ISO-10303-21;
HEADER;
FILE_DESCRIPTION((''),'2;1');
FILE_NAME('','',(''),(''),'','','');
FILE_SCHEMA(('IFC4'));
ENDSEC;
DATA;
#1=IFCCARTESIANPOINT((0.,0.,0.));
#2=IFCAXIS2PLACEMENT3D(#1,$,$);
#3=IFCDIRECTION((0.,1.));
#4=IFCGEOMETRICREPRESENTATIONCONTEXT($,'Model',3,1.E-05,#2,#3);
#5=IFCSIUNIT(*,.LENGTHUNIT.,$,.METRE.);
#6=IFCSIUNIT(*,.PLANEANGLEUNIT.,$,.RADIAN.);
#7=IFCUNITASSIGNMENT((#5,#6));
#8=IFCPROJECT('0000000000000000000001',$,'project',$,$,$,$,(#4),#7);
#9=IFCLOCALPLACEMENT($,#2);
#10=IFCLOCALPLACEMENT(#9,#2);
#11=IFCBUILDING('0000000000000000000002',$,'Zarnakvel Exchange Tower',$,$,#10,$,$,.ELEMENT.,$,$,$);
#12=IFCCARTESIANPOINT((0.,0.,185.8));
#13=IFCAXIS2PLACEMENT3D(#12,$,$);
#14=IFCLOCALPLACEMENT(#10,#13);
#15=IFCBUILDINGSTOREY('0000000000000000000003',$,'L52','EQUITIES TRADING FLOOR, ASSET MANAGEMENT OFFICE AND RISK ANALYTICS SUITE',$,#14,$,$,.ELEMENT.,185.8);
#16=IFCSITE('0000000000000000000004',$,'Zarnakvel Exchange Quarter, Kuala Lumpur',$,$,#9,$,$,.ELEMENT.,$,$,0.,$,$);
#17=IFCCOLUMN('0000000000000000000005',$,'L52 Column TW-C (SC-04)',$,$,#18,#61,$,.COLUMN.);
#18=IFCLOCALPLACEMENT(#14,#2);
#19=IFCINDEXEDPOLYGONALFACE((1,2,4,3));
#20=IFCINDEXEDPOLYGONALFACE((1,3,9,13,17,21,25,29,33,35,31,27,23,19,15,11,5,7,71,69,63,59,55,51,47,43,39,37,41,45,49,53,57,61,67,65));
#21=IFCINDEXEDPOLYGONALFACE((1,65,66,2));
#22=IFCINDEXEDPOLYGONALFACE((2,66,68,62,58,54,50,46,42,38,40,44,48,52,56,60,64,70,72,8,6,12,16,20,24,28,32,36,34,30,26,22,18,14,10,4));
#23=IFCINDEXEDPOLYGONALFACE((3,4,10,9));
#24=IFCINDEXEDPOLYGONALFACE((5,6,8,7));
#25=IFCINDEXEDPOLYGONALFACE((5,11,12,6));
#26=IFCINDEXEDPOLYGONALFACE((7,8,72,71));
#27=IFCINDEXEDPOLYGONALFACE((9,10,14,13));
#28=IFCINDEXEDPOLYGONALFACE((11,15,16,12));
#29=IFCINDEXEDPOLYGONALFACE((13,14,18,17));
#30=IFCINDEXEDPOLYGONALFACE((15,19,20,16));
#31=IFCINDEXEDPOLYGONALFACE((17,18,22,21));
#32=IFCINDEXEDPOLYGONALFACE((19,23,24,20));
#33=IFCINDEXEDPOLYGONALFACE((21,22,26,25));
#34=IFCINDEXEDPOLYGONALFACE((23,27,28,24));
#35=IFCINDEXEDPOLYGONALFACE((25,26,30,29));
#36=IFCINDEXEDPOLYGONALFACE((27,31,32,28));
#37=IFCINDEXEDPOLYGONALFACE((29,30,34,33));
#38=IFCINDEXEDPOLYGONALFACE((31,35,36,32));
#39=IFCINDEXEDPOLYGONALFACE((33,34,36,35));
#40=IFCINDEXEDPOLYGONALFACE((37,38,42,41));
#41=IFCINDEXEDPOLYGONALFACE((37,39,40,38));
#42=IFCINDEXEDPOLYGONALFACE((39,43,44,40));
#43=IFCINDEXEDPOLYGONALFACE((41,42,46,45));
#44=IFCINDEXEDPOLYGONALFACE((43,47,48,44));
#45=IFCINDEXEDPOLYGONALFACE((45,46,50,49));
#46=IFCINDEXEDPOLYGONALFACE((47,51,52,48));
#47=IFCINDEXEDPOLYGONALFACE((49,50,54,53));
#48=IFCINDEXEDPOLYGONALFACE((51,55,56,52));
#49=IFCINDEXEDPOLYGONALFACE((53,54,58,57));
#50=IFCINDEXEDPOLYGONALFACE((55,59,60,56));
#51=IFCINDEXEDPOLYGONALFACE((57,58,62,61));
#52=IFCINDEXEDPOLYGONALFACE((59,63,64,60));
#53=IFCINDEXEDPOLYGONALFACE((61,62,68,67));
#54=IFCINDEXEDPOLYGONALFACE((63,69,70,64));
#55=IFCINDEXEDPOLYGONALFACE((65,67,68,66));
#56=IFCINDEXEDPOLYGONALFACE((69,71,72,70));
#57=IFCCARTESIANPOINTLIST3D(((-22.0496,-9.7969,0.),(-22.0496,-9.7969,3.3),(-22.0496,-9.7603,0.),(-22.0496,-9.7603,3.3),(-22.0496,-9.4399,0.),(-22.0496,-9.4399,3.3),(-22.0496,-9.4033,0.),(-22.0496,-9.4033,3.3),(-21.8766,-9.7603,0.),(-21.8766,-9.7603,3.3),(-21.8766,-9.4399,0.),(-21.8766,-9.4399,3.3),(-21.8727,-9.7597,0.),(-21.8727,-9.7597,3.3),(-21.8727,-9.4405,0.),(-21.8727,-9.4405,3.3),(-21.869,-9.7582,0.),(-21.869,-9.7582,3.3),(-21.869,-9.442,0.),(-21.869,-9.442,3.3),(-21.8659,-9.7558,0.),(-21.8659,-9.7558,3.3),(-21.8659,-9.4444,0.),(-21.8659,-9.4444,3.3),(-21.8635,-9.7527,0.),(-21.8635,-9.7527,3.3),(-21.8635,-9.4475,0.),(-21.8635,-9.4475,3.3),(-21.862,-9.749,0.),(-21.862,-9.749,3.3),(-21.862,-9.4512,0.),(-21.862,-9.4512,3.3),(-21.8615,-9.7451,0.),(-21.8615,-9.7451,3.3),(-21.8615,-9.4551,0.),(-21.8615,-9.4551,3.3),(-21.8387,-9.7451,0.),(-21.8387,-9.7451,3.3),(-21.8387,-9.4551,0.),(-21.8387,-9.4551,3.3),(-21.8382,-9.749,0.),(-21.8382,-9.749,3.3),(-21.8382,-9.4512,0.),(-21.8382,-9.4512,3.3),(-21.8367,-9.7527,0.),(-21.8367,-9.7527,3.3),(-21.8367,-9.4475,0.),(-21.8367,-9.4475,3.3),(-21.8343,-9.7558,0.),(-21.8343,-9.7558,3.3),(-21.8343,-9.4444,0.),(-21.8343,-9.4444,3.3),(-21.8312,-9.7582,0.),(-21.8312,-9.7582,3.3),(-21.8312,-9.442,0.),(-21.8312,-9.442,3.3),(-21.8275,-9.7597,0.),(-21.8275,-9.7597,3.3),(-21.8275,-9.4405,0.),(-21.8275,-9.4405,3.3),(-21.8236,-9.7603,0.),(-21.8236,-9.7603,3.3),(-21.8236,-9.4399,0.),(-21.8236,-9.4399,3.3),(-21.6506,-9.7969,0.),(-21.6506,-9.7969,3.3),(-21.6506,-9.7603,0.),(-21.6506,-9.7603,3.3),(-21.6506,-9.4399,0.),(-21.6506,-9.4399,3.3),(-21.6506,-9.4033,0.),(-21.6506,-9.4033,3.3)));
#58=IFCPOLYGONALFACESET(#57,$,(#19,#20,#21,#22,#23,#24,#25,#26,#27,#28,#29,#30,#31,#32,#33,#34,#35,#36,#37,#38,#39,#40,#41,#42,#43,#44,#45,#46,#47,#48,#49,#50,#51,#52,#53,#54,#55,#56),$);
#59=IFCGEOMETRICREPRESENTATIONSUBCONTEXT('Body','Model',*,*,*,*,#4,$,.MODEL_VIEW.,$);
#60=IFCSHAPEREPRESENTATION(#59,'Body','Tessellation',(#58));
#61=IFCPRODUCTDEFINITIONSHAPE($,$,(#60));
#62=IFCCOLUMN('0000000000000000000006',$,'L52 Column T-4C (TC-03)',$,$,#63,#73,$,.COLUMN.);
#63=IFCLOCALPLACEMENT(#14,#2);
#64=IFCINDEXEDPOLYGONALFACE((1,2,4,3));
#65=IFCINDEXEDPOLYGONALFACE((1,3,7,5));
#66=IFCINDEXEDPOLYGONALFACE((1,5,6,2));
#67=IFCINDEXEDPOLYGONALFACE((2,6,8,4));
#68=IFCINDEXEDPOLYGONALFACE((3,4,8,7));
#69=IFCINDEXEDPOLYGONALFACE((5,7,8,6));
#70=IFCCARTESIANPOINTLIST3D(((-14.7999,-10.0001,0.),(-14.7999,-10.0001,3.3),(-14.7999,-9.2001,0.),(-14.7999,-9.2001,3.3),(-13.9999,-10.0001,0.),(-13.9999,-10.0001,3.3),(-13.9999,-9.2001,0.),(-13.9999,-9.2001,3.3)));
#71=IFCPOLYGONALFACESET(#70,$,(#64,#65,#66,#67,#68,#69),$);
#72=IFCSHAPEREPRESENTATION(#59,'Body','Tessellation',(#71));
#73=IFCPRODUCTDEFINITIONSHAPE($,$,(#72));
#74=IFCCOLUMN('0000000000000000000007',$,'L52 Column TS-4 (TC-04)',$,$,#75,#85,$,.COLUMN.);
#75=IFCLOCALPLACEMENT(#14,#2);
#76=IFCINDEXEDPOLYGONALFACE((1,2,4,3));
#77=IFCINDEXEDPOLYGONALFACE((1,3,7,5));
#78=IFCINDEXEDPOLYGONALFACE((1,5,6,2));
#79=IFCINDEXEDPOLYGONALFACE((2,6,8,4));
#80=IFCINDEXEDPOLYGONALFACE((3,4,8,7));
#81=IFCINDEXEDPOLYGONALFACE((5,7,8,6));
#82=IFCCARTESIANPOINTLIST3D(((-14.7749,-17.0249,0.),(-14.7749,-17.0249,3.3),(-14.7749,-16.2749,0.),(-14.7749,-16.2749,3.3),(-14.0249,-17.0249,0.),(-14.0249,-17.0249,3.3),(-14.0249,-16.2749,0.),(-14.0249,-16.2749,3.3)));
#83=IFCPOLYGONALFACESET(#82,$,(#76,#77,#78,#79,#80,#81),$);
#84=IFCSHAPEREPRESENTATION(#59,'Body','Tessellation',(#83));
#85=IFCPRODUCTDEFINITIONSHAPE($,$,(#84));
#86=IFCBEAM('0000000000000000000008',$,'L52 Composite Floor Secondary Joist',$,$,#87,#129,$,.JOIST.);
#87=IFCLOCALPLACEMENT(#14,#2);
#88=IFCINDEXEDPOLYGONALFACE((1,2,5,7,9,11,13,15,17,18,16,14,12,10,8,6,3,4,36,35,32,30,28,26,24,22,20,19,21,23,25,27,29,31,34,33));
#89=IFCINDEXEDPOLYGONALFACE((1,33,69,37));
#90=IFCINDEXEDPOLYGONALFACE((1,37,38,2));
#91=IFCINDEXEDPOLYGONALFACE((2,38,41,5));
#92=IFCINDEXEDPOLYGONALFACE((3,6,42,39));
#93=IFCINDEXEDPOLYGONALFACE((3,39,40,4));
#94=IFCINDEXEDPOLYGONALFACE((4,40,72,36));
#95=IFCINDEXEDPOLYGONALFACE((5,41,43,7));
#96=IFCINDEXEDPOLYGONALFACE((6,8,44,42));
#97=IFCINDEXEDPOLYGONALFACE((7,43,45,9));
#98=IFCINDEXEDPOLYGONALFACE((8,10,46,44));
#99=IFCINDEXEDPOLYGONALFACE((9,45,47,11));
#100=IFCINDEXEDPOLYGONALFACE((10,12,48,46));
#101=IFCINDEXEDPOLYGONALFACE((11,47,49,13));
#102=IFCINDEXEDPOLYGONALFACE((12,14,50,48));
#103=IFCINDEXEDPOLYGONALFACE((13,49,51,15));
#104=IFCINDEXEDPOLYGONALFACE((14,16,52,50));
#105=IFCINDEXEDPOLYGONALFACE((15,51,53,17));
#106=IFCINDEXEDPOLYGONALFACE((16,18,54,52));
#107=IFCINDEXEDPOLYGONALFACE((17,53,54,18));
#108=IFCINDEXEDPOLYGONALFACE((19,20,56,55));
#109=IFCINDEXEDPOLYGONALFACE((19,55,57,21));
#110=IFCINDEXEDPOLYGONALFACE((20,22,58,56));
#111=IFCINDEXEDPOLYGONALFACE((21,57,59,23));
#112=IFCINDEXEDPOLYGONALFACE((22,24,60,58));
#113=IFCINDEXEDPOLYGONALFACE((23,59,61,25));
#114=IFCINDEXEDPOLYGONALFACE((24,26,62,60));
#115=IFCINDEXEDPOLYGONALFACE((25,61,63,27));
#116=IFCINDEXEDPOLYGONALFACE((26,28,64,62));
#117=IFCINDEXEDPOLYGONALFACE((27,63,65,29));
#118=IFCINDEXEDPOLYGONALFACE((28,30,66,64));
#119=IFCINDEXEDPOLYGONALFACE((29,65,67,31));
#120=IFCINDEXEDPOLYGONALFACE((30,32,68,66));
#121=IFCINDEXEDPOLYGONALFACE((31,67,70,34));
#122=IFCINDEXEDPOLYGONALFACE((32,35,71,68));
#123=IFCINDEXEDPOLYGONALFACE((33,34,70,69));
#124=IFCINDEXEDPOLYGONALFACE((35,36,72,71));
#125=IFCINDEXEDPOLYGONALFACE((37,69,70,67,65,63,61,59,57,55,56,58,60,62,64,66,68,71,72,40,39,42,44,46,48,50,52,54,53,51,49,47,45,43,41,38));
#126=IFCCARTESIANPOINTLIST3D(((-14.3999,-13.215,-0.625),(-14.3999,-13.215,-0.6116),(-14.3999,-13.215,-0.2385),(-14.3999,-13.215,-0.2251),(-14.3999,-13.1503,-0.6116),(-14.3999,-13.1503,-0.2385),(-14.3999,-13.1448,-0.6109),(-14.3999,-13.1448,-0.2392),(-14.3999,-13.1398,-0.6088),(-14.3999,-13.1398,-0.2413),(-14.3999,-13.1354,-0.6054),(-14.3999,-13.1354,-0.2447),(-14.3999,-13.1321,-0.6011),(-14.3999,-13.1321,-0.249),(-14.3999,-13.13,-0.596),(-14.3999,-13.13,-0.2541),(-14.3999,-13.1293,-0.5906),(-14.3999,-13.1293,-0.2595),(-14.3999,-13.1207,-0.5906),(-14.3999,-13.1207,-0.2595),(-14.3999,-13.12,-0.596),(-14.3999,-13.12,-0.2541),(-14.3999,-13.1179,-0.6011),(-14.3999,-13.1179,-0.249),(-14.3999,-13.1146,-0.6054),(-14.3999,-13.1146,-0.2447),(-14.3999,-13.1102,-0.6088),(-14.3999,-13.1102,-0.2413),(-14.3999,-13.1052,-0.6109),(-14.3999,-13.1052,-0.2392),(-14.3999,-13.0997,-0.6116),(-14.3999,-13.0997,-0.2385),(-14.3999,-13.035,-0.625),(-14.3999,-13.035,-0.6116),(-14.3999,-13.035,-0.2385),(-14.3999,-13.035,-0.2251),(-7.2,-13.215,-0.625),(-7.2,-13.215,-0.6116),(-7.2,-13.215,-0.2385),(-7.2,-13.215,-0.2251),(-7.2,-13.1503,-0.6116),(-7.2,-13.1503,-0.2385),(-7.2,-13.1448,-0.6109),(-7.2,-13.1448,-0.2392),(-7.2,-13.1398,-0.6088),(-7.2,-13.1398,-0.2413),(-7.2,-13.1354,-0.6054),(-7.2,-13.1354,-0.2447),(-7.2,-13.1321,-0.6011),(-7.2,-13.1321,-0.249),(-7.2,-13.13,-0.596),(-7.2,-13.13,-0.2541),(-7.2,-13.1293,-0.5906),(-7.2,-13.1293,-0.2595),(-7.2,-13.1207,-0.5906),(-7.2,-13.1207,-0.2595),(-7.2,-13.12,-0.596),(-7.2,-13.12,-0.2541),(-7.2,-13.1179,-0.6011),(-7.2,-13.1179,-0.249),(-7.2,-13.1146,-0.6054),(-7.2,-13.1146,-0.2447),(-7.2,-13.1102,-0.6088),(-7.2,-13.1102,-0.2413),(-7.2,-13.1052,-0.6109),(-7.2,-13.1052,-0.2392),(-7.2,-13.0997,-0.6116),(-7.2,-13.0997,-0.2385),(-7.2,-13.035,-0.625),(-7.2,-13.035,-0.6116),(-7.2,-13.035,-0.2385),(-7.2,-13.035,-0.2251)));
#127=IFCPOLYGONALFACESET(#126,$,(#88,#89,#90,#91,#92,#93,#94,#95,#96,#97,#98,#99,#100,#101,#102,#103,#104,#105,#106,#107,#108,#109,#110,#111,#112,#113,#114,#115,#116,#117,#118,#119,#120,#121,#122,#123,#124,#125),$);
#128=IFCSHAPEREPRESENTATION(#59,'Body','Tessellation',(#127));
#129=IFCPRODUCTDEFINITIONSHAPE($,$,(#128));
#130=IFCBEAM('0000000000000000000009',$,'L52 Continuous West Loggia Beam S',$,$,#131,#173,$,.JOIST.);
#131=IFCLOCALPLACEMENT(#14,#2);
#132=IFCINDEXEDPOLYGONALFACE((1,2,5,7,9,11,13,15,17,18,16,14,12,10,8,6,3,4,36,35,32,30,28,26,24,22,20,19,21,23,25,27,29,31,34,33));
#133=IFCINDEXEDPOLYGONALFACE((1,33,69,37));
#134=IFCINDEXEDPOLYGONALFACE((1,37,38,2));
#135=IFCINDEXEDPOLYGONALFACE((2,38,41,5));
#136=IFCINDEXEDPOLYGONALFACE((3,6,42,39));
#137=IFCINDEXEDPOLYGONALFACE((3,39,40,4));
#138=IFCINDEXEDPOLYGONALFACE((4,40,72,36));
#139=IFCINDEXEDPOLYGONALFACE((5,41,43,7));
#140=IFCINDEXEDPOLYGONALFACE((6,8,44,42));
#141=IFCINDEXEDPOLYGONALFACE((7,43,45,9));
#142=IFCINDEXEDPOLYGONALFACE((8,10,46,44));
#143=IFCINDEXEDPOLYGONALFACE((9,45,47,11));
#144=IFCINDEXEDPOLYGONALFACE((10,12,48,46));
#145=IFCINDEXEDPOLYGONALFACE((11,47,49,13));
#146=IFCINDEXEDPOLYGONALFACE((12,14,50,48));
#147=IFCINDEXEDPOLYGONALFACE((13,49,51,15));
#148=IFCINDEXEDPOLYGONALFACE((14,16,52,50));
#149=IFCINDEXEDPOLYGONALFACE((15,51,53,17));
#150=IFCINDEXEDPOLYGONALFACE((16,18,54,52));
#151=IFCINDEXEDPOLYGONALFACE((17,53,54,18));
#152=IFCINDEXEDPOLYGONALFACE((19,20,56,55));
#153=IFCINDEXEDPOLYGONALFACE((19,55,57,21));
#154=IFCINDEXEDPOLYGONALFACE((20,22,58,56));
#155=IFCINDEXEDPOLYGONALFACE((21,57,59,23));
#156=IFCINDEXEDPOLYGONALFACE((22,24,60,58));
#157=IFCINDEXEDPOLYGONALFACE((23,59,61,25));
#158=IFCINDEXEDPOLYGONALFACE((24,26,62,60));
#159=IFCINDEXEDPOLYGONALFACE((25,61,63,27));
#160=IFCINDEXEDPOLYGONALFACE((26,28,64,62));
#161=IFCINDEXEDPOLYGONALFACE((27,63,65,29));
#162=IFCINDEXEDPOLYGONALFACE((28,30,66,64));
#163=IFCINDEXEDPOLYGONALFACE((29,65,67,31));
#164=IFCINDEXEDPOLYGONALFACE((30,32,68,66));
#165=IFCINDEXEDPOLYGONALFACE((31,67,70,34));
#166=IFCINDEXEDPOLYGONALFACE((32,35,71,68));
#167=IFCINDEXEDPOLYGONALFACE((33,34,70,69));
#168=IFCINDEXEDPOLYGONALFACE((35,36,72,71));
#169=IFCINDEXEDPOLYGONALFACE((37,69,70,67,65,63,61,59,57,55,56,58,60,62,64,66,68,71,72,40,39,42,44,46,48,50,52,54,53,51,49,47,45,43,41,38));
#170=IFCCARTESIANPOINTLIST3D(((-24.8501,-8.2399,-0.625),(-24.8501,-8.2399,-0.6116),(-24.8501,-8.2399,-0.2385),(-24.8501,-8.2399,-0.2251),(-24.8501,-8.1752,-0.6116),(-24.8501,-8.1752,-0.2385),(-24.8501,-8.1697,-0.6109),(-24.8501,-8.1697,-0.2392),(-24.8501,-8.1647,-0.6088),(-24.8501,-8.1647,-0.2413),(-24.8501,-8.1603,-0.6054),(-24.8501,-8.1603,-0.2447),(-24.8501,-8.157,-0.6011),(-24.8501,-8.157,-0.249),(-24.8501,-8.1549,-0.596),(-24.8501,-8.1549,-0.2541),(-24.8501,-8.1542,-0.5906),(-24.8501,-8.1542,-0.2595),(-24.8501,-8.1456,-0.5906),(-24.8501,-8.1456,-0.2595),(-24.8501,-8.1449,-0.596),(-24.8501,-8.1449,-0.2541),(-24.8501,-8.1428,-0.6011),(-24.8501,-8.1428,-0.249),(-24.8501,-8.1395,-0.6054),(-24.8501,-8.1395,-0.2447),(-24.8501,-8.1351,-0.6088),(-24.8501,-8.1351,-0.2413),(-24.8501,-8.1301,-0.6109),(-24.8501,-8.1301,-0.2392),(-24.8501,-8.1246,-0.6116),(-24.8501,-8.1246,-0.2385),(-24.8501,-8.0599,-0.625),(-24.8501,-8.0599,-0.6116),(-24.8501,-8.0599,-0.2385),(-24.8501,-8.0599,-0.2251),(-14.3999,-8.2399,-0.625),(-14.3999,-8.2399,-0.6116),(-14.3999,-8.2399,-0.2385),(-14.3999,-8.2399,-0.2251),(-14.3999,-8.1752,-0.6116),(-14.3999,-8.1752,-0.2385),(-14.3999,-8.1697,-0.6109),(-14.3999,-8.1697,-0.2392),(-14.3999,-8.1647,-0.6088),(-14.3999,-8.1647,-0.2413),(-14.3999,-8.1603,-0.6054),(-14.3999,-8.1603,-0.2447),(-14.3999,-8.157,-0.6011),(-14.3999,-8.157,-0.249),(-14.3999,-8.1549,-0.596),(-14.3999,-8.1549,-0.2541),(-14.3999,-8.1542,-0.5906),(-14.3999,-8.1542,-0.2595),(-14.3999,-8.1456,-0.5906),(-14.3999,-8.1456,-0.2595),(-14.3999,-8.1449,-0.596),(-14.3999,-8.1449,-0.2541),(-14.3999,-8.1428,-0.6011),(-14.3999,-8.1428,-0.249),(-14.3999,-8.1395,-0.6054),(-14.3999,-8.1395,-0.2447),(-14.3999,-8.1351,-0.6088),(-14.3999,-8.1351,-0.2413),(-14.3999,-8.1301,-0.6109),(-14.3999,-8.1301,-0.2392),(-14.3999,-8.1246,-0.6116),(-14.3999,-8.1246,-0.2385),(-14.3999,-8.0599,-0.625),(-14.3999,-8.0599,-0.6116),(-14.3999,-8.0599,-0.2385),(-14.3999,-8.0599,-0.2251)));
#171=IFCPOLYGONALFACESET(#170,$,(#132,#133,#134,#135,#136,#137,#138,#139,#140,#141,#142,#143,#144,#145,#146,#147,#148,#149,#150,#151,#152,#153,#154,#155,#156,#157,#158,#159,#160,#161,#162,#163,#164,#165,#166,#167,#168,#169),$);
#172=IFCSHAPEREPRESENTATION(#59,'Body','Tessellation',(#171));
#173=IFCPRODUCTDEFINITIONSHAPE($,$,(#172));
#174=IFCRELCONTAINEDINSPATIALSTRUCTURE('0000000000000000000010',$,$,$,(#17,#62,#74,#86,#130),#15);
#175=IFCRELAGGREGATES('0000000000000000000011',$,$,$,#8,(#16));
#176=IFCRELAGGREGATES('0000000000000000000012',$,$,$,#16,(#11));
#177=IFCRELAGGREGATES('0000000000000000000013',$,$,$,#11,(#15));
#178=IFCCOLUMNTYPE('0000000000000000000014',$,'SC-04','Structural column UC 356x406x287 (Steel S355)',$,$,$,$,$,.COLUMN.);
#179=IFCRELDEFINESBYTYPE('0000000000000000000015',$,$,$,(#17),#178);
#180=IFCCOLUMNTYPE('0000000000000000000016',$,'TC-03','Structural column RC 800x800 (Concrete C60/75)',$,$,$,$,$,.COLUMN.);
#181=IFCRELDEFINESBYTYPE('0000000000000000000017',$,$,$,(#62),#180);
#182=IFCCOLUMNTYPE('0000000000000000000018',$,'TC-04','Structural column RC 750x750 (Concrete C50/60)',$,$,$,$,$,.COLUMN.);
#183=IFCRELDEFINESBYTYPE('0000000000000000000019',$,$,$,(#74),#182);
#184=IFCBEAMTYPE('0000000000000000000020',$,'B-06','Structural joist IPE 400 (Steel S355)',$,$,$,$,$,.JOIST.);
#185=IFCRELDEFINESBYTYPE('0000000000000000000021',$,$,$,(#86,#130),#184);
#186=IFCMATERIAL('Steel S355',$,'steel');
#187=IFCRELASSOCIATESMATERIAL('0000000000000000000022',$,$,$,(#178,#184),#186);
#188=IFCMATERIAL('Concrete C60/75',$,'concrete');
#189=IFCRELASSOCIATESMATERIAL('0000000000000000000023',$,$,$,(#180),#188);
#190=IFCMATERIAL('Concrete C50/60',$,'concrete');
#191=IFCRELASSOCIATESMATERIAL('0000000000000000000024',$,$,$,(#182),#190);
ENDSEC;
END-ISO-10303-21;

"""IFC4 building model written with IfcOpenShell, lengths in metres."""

from ifc_helpers import new_model, si_unit, direction, frame, origin, origin_2d, place, context, subcontext, project, spatial, rectangle, i_section, extrude, material, material_profile, profile_set, type_object, element, save


model = new_model("IFC4")

# Units and contexts
model_context = context("Model", 3, precision=1e-05, world=origin(), true_north=direction((0.0, 1.0)))
body_context = subcontext(model_context, "Body", "Model", "MODEL_VIEW")
ifc_project = project(units=[si_unit("LENGTHUNIT", "METRE"), si_unit("PLANEANGLEUNIT", "RADIAN")], contexts=[model_context])

# Site, building, storey
site_placement = place(None, origin())
site = spatial("IfcSite", under=ifc_project, at=site_placement, Name="Zarnakvel Exchange Quarter, Kuala Lumpur", CompositionType="ELEMENT", RefElevation=0.0)
building_placement = place(site_placement, origin())
building = spatial("IfcBuilding", under=site, at=building_placement, Name="Zarnakvel Exchange Tower", CompositionType="ELEMENT")
storey_placement = place(building_placement, frame((0.0, 0.0, 185.8)))
storey = spatial("IfcBuildingStorey", under=building, at=storey_placement, Name="L52", Description="EQUITIES TRADING FLOOR, ASSET MANAGEMENT OFFICE AND RISK ANALYTICS SUITE", CompositionType="ELEMENT", Elevation=185.8)

# Columns
ifc_material_1 = material(Name="Steel S355", Category="steel")
ifc_material_profile_1 = material_profile(ifc_material_1, i_section(OverallWidth=0.3989, OverallDepth=0.3936, WebThickness=0.0227, FlangeThickness=0.0366, FilletRadius=0.0151, at=origin_2d()))
ifc_profile_set_1 = profile_set([ifc_material_profile_1], Name="Steel S355")
column_type_1 = type_object("IfcColumnType", Name="SC-04", Description="Structural column UC 356x406x287 (Steel S355)", PredefinedType="COLUMN", material=ifc_profile_set_1)
column_1_placement = place(storey_placement, frame((-21.8501, -9.6001, 0.0), z_axis=(0.0, 0.0, 1.0), x_axis=(1.0, 0.0, 0.0)))
element("IfcColumn", 1, at=column_1_placement, inside=storey, type_object=column_type_1, Name="L52 Column TW-C (SC-04)", PredefinedType="COLUMN", context=body_context, shape_type="SweptSolid", body=[
    extrude(i_section(OverallWidth=0.3989, OverallDepth=0.3936, WebThickness=0.0227, FlangeThickness=0.0366, FilletRadius=0.0151, at=origin_2d()), origin(), (0.0, 0.0, 1.0), 3.3),
])
ifc_material_2 = material(Name="Concrete C60/75", Category="concrete")
ifc_material_profile_2 = material_profile(ifc_material_2, rectangle(XDim=0.8, YDim=0.8, at=origin_2d()))
ifc_profile_set_2 = profile_set([ifc_material_profile_2], Name="Concrete C60/75")
column_type_2 = type_object("IfcColumnType", Name="TC-03", Description="Structural column RC 800x800 (Concrete C60/75)", PredefinedType="COLUMN", material=ifc_profile_set_2)
column_2_placement = place(storey_placement, frame((-14.3999, -9.6001, 0.0), z_axis=(0.0, 0.0, 1.0), x_axis=(1.0, 0.0, 0.0)))
element("IfcColumn", 2, at=column_2_placement, inside=storey, type_object=column_type_2, Name="L52 Column T-4C (TC-03)", PredefinedType="COLUMN", context=body_context, shape_type="SweptSolid", body=[
    extrude(rectangle(XDim=0.8, YDim=0.8, at=origin_2d()), origin(), (0.0, 0.0, 1.0), 3.3),
])
ifc_material_3 = material(Name="Concrete C50/60", Category="concrete")
ifc_material_profile_3 = material_profile(ifc_material_3, rectangle(XDim=0.75, YDim=0.75, at=origin_2d()))
ifc_profile_set_3 = profile_set([ifc_material_profile_3], Name="Concrete C50/60")
column_type_3 = type_object("IfcColumnType", Name="TC-04", Description="Structural column RC 750x750 (Concrete C50/60)", PredefinedType="COLUMN", material=ifc_profile_set_3)
column_3_placement = place(storey_placement, frame((-14.3999, -16.6499, 0.0), z_axis=(0.0, 0.0, 1.0), x_axis=(1.0, 0.0, 0.0)))
element("IfcColumn", 3, at=column_3_placement, inside=storey, type_object=column_type_3, Name="L52 Column TS-4 (TC-04)", PredefinedType="COLUMN", context=body_context, shape_type="SweptSolid", body=[
    extrude(rectangle(XDim=0.75, YDim=0.75, at=origin_2d()), origin(), (0.0, 0.0, 1.0), 3.3),
])

# Beams
ifc_material_profile_4 = material_profile(ifc_material_1, i_section(OverallWidth=0.1799, OverallDepth=0.3999, WebThickness=0.0085, FlangeThickness=0.0134, FilletRadius=0.021, at=origin_2d()))
ifc_profile_set_4 = profile_set([ifc_material_profile_4], Name="Steel S355")
beam_type_1 = type_object("IfcBeamType", Name="B-06", Description="Structural joist IPE 400 (Steel S355)", PredefinedType="JOIST", material=ifc_profile_set_4)
beam_1_placement = place(storey_placement, frame((-14.3999, -13.125, -0.425), z_axis=(1.0, 0.0, 0.0), x_axis=(0.0, 1.0, 0.0)))
element("IfcBeam", 4, at=beam_1_placement, inside=storey, type_object=beam_type_1, Name="L52 Composite Floor Secondary Joist", PredefinedType="JOIST", context=body_context, shape_type="SweptSolid", body=[
    extrude(i_section(OverallWidth=0.1799, OverallDepth=0.3999, WebThickness=0.0085, FlangeThickness=0.0134, FilletRadius=0.021, at=origin_2d()), origin(), (0.0, 0.0, 1.0), 7.2),
])
beam_2_placement = place(storey_placement, frame((-14.3999, -8.1499, -0.425), z_axis=(-1.0, 0.0, 0.0), x_axis=(0.0, -1.0, 0.0)))
element("IfcBeam", 5, at=beam_2_placement, inside=storey, type_object=beam_type_1, Name="L52 Continuous West Loggia Beam S", PredefinedType="JOIST", context=body_context, shape_type="SweptSolid", body=[
    extrude(i_section(OverallWidth=0.1799, OverallDepth=0.3999, WebThickness=0.0085, FlangeThickness=0.0134, FilletRadius=0.021, at=origin_2d()), origin(), (0.0, 0.0, 1.0), 10.4502),
])

save(model, "model.ifc")
